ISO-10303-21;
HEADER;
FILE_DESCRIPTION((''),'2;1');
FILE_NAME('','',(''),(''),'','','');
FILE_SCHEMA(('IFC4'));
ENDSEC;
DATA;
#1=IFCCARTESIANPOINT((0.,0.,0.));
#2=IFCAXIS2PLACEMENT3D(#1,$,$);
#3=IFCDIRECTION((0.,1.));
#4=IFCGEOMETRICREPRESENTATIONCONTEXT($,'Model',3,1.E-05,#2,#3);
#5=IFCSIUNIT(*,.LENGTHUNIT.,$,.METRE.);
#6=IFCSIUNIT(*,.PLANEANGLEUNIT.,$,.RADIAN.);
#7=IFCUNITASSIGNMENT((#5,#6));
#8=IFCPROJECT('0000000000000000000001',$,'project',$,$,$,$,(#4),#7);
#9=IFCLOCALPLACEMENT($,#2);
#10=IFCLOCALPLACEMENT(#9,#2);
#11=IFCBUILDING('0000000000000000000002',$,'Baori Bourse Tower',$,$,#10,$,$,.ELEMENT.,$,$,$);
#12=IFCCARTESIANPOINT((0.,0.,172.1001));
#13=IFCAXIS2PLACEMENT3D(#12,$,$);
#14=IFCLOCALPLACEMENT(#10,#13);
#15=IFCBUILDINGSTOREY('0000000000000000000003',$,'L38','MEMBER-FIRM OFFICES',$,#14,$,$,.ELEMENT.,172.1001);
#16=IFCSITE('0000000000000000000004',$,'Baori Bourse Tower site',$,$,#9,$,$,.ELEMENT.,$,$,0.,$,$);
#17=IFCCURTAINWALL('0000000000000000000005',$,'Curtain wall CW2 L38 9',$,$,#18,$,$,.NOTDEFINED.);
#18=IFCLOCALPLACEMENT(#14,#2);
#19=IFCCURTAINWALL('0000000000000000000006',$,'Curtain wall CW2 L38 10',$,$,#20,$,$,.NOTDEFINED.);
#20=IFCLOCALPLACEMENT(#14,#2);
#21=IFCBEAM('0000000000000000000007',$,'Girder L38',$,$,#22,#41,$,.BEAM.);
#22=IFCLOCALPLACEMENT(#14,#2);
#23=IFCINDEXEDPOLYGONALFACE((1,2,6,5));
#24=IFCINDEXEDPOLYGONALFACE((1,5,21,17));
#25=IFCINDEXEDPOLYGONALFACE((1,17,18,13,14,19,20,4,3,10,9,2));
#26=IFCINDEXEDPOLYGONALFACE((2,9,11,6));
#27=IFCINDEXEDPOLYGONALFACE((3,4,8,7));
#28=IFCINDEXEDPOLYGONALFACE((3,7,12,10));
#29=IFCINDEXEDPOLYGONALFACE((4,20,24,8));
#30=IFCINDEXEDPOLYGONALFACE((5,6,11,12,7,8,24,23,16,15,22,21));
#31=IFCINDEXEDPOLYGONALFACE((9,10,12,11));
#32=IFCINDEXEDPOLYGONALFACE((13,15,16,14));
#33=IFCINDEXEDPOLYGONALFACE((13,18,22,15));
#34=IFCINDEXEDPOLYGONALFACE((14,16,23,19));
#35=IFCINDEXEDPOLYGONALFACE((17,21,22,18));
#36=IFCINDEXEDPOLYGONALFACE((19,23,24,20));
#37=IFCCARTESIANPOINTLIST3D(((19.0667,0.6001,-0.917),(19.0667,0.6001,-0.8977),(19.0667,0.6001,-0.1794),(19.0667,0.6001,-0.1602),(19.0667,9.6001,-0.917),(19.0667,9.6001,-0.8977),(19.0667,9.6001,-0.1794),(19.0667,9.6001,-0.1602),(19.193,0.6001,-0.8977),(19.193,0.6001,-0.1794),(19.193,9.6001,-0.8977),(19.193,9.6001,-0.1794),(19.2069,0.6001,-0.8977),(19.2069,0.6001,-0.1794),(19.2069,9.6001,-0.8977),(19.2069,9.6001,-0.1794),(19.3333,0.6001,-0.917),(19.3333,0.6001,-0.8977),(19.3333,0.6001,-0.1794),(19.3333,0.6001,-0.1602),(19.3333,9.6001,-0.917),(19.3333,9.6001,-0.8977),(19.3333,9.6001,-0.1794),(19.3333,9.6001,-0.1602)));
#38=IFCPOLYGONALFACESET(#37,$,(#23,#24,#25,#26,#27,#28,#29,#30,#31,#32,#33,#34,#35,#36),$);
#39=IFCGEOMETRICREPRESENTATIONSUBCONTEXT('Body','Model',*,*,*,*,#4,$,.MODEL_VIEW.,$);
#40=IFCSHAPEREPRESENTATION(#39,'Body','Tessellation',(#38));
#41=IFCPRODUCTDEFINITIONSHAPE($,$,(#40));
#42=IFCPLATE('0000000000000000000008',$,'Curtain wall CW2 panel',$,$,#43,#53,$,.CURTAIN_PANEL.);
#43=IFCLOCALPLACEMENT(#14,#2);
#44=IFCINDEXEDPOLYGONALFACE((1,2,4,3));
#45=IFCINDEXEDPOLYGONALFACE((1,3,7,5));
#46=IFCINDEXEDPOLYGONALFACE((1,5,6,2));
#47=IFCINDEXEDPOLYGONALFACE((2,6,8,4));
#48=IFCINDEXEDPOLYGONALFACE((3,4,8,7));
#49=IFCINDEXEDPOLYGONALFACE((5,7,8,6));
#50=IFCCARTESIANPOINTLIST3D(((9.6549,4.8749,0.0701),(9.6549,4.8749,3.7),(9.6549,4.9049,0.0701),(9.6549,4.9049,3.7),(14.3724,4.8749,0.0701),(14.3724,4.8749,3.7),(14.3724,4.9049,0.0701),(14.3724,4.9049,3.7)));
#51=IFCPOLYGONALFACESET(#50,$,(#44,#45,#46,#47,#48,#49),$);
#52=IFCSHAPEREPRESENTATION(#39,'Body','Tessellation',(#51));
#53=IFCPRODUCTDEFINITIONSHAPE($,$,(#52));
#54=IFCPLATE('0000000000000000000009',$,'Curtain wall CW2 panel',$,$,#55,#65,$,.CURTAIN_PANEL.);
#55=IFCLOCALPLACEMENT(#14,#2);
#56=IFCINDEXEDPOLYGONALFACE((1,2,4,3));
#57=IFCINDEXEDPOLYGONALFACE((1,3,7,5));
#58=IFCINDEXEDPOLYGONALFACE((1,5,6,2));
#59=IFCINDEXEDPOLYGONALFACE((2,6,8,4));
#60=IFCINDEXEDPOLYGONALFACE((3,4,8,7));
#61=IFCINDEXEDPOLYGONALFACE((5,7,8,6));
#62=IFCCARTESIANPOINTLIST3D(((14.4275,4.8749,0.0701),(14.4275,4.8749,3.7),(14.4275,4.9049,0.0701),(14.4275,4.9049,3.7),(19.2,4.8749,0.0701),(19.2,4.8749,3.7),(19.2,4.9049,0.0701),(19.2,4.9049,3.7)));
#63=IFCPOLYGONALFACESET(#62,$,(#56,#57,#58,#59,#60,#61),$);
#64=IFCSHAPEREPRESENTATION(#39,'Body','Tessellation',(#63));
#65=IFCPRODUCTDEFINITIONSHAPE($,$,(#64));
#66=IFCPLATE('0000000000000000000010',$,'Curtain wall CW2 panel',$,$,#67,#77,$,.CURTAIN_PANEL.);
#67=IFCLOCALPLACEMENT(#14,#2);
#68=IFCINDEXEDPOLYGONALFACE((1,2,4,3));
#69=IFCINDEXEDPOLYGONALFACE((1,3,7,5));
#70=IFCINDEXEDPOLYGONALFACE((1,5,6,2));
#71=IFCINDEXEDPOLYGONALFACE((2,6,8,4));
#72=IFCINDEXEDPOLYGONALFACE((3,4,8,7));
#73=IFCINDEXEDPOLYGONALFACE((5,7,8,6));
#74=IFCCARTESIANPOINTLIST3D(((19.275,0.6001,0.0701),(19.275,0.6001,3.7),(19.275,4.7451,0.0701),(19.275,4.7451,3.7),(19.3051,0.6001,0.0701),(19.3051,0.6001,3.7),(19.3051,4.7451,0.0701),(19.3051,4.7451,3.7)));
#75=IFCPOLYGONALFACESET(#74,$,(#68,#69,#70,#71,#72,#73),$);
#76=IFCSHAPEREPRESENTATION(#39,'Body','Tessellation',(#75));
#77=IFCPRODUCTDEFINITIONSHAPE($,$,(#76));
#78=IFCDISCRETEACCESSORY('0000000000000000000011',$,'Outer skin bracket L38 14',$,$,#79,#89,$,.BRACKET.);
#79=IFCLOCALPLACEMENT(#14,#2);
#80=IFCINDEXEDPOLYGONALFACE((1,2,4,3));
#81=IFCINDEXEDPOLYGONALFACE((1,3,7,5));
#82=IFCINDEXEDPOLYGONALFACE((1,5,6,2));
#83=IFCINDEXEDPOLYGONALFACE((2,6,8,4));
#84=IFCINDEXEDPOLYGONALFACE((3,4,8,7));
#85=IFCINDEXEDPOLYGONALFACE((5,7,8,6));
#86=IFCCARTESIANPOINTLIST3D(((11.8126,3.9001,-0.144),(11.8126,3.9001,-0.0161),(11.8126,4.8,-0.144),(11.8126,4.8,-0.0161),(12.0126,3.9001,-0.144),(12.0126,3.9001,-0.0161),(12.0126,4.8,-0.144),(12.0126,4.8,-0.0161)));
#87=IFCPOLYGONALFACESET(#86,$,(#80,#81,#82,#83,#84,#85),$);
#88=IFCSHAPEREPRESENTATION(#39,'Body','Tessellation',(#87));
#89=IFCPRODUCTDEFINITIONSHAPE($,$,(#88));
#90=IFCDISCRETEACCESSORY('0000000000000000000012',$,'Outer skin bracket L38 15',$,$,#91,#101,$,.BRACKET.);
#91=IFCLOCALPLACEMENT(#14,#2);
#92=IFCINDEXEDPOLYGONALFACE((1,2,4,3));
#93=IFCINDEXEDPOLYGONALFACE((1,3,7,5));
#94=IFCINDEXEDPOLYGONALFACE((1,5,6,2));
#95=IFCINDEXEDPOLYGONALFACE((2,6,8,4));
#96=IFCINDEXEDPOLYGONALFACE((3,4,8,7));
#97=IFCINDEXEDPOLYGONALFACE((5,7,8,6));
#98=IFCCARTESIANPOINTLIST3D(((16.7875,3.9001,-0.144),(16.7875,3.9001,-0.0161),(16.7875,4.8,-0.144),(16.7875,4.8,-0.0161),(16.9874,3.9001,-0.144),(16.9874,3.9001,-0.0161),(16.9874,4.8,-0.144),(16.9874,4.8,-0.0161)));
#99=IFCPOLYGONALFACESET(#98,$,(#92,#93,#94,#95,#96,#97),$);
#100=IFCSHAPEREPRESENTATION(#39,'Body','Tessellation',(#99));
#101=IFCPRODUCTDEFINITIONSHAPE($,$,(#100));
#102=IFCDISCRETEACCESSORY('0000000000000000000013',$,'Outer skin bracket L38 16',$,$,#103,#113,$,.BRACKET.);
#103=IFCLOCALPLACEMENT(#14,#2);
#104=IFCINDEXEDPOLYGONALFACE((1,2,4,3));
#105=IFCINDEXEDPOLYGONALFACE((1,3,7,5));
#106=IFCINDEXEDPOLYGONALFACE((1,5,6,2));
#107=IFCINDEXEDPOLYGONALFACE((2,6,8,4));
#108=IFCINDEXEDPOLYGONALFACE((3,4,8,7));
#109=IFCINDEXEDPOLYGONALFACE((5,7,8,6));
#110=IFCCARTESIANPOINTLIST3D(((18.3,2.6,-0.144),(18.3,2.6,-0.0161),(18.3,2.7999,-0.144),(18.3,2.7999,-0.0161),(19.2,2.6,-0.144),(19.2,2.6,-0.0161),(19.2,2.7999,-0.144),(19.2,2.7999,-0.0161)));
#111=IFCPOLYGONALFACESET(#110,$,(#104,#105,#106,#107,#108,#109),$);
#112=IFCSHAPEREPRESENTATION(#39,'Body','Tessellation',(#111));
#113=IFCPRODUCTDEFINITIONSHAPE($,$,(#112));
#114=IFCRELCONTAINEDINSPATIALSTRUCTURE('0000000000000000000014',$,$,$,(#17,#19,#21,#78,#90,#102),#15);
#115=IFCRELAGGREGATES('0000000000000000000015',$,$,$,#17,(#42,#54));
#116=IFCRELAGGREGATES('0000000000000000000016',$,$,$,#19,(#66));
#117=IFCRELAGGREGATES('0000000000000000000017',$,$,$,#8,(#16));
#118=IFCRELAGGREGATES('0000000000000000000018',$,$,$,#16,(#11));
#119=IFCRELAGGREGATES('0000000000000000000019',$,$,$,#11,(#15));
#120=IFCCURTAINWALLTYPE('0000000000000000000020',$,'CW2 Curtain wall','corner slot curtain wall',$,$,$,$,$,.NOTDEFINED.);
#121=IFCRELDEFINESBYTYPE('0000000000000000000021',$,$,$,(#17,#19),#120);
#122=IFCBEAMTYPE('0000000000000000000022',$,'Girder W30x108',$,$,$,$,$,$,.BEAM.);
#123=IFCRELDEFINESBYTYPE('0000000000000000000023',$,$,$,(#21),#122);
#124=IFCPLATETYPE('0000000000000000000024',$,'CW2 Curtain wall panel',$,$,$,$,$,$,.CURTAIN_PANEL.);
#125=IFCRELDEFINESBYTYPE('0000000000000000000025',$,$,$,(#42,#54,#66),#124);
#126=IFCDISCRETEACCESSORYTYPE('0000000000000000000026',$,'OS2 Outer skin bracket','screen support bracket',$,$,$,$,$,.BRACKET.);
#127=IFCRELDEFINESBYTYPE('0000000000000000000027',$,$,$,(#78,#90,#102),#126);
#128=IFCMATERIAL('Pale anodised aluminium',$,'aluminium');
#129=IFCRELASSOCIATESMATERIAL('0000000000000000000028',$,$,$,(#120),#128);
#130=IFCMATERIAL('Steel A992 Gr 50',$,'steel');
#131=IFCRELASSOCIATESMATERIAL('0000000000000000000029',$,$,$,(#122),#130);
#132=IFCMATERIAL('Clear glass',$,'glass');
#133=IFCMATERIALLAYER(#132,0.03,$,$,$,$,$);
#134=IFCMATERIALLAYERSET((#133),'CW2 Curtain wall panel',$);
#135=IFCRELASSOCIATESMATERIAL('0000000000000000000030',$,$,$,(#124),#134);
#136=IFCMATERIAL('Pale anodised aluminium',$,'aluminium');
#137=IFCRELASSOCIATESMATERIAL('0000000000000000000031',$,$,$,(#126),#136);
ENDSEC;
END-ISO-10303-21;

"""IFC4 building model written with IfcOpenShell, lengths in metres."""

from ifc_helpers import new_model, si_unit, direction, frame, origin, origin_2d, place, context, subcontext, project, spatial, rectangle, i_section, extrude, material, layer, layer_set, material_profile, profile_set, type_object, element, aggregate, save


model = new_model("IFC4")

# Units and contexts
model_context = context("Model", 3, precision=1e-05, world=origin(), true_north=direction((0.0, 1.0)))
body_context = subcontext(model_context, "Body", "Model", "MODEL_VIEW")
ifc_project = project(units=[si_unit("LENGTHUNIT", "METRE"), si_unit("PLANEANGLEUNIT", "RADIAN")], contexts=[model_context])

# Site, building, storey
site_placement = place(None, origin())
site = spatial("IfcSite", under=ifc_project, at=site_placement, Name="Baori Bourse Tower site", CompositionType="ELEMENT", RefElevation=0.0)
building_placement = place(site_placement, origin())
building = spatial("IfcBuilding", under=site, at=building_placement, Name="Baori Bourse Tower", CompositionType="ELEMENT")
storey_placement = place(building_placement, frame((0.0, 0.0, 172.1001)))
storey = spatial("IfcBuildingStorey", under=building, at=storey_placement, Name="L38", Description="MEMBER-FIRM OFFICES", CompositionType="ELEMENT", Elevation=172.1001)

# Curtain wall
ifc_material_1 = material(Name="Pale anodised aluminium", Category="aluminium")
curtain_wall_type_1 = type_object("IfcCurtainWallType", Name="CW2 Curtain wall", Description="corner slot curtain wall", PredefinedType="NOTDEFINED", material=ifc_material_1)
curtain_wall_1_placement = place(storey_placement, origin())
curtain_wall_1 = element("IfcCurtainWall", 1, at=curtain_wall_1_placement, inside=storey, type_object=curtain_wall_type_1, Name="Curtain wall CW2 L38 9", PredefinedType="NOTDEFINED")

# Curtain wall
curtain_wall_2_placement = place(storey_placement, origin())
curtain_wall_2 = element("IfcCurtainWall", 2, at=curtain_wall_2_placement, inside=storey, type_object=curtain_wall_type_1, Name="Curtain wall CW2 L38 10", PredefinedType="NOTDEFINED")

# Beam
ifc_material_2 = material(Name="Steel A992 Gr 50", Category="steel")
ifc_material_profile_1 = material_profile(ifc_material_2, i_section(OverallWidth=0.2666, OverallDepth=0.7568, WebThickness=0.0139, FlangeThickness=0.0193, at=origin_2d()), Name="W30x108")
ifc_profile_set_1 = profile_set([ifc_material_profile_1], Name="Steel A992 Gr 50")
beam_type_1 = type_object("IfcBeamType", Name="Girder W30x108", PredefinedType="BEAM", material=ifc_profile_set_1)
beam_1_placement = place(storey_placement, frame((19.2, 0.6001, -0.5386), z_axis=(0.0, 1.0, 0.0), x_axis=(-1.0, 0.0, 0.0)))
element("IfcBeam", 3, at=beam_1_placement, inside=storey, type_object=beam_type_1, Name="Girder L38", PredefinedType="BEAM", context=body_context, shape_type="SweptSolid", body=[
    extrude(i_section(OverallWidth=0.2666, OverallDepth=0.7568, WebThickness=0.0139, FlangeThickness=0.0193, at=origin_2d()), origin(), (0.0, 0.0, 1.0), 9.0),
])

# Plates
ifc_material_3 = material(Name="Clear glass", Category="glass")
ifc_layer = layer(ifc_material_3, 0.03)
ifc_layer_set = layer_set([ifc_layer], Name="CW2 Curtain wall panel")
plate_type = type_object("IfcPlateType", Name="CW2 Curtain wall panel", PredefinedType="CURTAIN_PANEL", material=ifc_layer_set)
plate_1_placement = place(storey_placement, frame((12.0137, 4.8899, 0.0701), z_axis=(0.0, 0.0, 1.0), x_axis=(1.0, 0.0, 0.0)))
plate_1 = element("IfcPlate", 4, at=plate_1_placement, type_object=plate_type, Name="Curtain wall CW2 panel", PredefinedType="CURTAIN_PANEL", context=body_context, shape_type="SweptSolid", body=[
    extrude(rectangle(XDim=4.7175, YDim=0.03, at=origin_2d()), origin(), (0.0, 0.0, 1.0), 3.6299),
])
plate_2_placement = place(storey_placement, frame((16.8137, 4.8899, 0.0701), z_axis=(0.0, 0.0, 1.0), x_axis=(1.0, 0.0, 0.0)))
plate_2 = element("IfcPlate", 5, at=plate_2_placement, type_object=plate_type, Name="Curtain wall CW2 panel", PredefinedType="CURTAIN_PANEL", context=body_context, shape_type="SweptSolid", body=[
    extrude(rectangle(XDim=4.7725, YDim=0.03, at=origin_2d()), origin(), (0.0, 0.0, 1.0), 3.6299),
])
aggregate(curtain_wall_1, [plate_1, plate_2])
plate_3_placement = place(storey_placement, frame((19.29, 2.6726, 0.0701), z_axis=(0.0, 0.0, 1.0), x_axis=(0.0, -1.0, 0.0)))
plate_3 = element("IfcPlate", 6, at=plate_3_placement, type_object=plate_type, Name="Curtain wall CW2 panel", PredefinedType="CURTAIN_PANEL", context=body_context, shape_type="SweptSolid", body=[
    extrude(rectangle(XDim=4.145, YDim=0.03, at=origin_2d()), origin(), (0.0, 0.0, 1.0), 3.6299),
])
aggregate(curtain_wall_2, [plate_3])

# Discrete accessories
ifc_material_4 = material(Name="Pale anodised aluminium", Category="aluminium")
discrete_accessory_type = type_object("IfcDiscreteAccessoryType", Name="OS2 Outer skin bracket", Description="screen support bracket", PredefinedType="BRACKET", material=ifc_material_4)
for number, where, z_axis, x_axis, name in (
    (7, (11.9126, 4.3501, -0.144), (0.0, 0.0, 1.0), (1.0, 0.0, 0.0), "Outer skin bracket L38 14"),
    (8, (16.8875, 4.3501, -0.144), (0.0, 0.0, 1.0), (1.0, 0.0, 0.0), "Outer skin bracket L38 15"),
    (9, (18.75, 2.7, -0.144), (0.0, 0.0, 1.0), (0.0, -1.0, 0.0), "Outer skin bracket L38 16"),
):
    element("IfcDiscreteAccessory", number, at=place(storey_placement, frame(where, z_axis=z_axis, x_axis=x_axis)), inside=storey, type_object=discrete_accessory_type, Name=name, PredefinedType="BRACKET", context=body_context, shape_type="SweptSolid", body=[
        extrude(rectangle(XDim=0.2, YDim=0.8999, at=origin_2d()), origin(), (0.0, 0.0, 1.0), 0.1279),
    ])

save(model, "model.ifc")
